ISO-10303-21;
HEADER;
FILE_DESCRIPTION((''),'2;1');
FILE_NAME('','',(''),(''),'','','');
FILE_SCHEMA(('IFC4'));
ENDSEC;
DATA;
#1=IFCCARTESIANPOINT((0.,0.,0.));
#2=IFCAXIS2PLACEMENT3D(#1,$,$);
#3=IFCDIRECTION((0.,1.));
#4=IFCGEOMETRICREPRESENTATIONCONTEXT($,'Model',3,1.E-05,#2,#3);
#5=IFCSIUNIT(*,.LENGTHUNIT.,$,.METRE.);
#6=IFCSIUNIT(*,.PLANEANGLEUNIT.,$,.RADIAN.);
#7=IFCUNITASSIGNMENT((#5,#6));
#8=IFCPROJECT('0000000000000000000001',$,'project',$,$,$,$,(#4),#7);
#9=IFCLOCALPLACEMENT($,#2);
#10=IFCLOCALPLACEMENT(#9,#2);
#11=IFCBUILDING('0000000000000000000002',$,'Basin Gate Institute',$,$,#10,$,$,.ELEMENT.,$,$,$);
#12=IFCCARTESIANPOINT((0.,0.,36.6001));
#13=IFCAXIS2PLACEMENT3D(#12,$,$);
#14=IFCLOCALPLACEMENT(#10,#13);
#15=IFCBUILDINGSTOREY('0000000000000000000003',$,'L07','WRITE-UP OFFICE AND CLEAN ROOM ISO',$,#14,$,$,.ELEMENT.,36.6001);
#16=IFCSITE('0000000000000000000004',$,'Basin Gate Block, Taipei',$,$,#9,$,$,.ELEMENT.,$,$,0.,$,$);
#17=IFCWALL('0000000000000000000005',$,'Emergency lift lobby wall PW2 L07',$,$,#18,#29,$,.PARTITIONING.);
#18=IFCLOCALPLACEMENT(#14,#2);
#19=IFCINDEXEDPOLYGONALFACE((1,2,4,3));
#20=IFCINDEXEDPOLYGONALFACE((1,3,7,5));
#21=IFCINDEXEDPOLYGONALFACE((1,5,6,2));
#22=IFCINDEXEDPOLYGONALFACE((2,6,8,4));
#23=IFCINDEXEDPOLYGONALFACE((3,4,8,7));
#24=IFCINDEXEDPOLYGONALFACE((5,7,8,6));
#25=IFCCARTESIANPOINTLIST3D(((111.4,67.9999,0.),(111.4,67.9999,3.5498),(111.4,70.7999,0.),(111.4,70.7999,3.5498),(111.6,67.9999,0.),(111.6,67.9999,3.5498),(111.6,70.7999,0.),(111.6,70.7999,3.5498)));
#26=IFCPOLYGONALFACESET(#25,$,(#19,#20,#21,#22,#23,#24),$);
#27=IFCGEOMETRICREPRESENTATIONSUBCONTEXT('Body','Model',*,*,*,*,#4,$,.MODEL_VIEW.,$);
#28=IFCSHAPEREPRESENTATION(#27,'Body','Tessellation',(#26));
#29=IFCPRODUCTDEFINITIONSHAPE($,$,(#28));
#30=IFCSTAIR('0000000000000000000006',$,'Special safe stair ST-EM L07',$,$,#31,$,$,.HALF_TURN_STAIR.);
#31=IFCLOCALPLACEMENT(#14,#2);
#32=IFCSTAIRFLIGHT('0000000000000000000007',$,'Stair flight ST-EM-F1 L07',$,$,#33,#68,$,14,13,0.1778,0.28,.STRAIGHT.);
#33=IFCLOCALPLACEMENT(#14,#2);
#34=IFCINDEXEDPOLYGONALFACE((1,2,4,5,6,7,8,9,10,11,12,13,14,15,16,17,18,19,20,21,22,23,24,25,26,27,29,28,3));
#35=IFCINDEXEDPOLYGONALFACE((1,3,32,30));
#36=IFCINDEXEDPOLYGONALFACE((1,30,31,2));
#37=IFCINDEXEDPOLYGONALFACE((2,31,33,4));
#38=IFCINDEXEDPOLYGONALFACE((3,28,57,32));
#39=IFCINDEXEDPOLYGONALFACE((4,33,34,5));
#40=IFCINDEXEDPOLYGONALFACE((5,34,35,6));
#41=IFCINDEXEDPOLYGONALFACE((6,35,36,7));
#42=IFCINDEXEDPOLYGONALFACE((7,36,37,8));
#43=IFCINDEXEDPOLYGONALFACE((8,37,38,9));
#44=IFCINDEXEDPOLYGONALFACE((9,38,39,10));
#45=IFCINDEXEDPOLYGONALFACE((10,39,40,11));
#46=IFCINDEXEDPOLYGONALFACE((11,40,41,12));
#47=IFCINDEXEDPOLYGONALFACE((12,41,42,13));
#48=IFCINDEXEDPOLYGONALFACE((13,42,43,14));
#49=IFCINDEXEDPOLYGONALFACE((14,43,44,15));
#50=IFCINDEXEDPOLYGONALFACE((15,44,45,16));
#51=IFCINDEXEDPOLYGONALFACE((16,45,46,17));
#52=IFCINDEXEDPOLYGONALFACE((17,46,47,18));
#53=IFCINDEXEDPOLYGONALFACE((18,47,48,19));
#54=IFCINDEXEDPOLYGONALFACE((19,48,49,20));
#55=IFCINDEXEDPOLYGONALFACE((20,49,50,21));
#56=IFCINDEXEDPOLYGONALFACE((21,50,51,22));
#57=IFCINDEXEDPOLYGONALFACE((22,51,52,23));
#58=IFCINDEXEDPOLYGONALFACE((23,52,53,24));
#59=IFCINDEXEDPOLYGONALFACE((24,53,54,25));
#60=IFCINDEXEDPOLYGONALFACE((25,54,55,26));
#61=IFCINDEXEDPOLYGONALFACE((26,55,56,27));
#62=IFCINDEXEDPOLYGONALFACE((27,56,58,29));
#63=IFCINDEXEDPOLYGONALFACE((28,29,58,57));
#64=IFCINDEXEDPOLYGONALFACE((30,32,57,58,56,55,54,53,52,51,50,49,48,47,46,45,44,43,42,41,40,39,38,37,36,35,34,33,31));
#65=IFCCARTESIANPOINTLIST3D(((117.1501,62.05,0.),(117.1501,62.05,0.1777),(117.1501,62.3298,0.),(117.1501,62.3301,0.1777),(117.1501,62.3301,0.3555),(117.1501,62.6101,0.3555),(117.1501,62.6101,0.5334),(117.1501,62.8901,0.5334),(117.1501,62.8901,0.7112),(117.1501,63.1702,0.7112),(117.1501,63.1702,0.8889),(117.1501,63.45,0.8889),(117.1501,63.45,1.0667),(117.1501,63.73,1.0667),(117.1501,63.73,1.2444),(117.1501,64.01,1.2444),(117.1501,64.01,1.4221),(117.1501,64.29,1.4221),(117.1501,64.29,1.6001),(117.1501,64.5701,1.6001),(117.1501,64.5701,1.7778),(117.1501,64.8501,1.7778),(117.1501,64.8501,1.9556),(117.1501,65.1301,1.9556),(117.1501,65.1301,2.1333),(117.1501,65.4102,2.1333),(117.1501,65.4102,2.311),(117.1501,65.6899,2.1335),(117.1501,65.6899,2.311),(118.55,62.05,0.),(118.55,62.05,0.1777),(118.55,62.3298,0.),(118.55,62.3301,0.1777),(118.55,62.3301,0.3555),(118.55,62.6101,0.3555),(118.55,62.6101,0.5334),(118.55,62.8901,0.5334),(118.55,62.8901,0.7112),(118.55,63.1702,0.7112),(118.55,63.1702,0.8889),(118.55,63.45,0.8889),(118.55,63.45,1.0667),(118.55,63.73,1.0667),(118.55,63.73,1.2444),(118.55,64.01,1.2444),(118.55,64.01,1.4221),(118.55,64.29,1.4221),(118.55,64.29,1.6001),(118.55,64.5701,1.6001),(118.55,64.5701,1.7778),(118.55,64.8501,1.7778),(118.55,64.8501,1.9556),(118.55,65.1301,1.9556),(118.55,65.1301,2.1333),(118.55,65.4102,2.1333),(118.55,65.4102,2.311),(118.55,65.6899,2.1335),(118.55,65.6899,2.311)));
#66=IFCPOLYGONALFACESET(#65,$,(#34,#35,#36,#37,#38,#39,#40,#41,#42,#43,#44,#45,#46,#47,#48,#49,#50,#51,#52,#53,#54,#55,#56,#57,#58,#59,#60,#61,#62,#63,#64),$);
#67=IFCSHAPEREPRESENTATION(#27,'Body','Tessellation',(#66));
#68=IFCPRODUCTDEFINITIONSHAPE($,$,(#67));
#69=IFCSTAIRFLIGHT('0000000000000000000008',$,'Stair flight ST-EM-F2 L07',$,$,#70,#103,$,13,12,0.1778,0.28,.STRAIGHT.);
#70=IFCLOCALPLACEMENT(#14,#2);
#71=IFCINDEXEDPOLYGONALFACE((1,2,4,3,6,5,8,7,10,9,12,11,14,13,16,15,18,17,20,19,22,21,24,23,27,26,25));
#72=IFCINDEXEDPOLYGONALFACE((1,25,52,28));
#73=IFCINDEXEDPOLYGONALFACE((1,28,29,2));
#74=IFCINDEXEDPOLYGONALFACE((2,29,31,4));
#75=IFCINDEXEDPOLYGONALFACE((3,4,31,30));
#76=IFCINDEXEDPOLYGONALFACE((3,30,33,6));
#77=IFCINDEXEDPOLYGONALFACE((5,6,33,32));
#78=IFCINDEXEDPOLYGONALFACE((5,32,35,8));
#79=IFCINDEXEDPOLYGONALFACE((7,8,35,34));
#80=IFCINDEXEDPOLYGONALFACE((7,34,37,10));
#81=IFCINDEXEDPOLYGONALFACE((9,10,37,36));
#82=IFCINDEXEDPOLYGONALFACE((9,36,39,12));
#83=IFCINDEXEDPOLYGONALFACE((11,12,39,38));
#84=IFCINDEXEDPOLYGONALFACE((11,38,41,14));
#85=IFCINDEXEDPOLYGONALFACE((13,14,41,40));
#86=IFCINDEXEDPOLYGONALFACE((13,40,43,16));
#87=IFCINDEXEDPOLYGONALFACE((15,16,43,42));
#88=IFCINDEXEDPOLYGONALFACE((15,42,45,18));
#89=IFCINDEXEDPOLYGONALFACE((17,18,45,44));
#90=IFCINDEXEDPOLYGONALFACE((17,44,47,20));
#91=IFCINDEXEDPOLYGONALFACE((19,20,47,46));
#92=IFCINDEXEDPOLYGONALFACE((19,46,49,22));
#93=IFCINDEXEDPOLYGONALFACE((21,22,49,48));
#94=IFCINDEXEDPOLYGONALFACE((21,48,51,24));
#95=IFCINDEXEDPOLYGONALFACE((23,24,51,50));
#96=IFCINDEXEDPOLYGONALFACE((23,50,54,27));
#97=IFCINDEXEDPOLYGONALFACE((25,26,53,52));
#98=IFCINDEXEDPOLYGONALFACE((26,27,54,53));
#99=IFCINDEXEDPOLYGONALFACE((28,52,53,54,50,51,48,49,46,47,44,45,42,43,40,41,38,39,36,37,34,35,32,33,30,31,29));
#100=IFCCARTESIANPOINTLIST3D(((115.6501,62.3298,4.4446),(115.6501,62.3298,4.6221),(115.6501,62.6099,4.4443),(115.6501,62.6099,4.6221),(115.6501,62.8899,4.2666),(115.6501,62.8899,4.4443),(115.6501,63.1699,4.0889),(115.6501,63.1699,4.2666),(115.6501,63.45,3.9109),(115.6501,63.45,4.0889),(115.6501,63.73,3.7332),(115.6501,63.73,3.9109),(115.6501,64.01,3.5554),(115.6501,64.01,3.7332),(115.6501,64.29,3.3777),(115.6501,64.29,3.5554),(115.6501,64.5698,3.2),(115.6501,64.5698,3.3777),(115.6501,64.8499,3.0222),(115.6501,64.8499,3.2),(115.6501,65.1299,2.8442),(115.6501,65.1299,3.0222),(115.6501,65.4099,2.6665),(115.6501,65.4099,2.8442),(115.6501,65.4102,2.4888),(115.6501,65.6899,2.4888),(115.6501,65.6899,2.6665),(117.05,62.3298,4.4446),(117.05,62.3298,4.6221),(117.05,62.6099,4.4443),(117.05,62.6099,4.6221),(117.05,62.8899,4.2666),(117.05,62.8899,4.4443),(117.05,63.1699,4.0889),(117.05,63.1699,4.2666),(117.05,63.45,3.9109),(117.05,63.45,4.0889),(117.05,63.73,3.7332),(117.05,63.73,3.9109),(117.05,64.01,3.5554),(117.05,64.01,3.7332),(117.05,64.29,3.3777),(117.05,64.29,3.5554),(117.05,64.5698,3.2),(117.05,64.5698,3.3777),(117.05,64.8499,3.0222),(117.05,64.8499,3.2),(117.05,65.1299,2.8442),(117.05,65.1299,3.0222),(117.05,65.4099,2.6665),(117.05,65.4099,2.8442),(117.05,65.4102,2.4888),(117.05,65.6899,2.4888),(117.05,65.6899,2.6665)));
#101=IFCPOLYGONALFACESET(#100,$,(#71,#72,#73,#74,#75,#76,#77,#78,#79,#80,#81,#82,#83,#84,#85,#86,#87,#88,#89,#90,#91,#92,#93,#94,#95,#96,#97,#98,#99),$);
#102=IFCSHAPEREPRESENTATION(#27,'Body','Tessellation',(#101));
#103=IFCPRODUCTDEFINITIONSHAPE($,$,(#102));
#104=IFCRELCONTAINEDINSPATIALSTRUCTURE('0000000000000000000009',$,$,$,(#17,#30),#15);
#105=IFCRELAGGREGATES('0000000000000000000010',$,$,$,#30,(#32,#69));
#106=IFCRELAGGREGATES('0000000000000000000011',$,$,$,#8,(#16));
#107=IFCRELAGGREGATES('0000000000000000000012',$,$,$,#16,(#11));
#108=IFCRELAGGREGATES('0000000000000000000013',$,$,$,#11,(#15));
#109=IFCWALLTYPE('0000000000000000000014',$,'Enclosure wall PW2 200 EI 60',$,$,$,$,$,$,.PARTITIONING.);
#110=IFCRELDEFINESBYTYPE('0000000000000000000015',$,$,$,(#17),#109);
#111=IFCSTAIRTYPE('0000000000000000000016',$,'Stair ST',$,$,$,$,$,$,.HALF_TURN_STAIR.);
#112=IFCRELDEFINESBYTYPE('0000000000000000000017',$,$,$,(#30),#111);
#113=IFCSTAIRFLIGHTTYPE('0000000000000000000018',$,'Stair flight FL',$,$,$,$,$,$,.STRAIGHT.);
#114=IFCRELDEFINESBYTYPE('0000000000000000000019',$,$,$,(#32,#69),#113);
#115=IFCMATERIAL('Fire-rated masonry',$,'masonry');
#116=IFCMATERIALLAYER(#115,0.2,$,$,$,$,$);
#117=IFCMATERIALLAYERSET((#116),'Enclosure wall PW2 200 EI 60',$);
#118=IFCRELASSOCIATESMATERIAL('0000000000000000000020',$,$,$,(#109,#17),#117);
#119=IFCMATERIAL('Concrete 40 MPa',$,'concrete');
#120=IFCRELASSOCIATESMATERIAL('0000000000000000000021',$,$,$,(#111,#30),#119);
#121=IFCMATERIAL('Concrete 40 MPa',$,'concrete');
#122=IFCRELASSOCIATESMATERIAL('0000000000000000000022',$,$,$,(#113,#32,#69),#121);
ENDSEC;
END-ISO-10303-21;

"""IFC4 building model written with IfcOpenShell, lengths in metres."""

from ifc_helpers import new_model, si_unit, direction, frame, frame_2d, origin, place, context, subcontext, project, spatial, polyline, rectangle, outline, extrude, material, layer, layer_set, type_object, element, aggregate, save


model = new_model("IFC4")

# Units and contexts
model_context = context("Model", 3, precision=1e-05, world=origin(), true_north=direction((0.0, 1.0)))
body_context = subcontext(model_context, "Body", "Model", "MODEL_VIEW")
ifc_project = project(units=[si_unit("LENGTHUNIT", "METRE"), si_unit("PLANEANGLEUNIT", "RADIAN")], contexts=[model_context])

# Site, building, storey
site_placement = place(None, origin())
site = spatial("IfcSite", under=ifc_project, at=site_placement, Name="Basin Gate Block, Taipei", CompositionType="ELEMENT", RefElevation=0.0)
building_placement = place(site_placement, origin())
building = spatial("IfcBuilding", under=site, at=building_placement, Name="Basin Gate Institute", CompositionType="ELEMENT")
storey_placement = place(building_placement, frame((0.0, 0.0, 36.6001)))
storey = spatial("IfcBuildingStorey", under=building, at=storey_placement, Name="L07", Description="WRITE-UP OFFICE AND CLEAN ROOM ISO", CompositionType="ELEMENT", Elevation=36.6001)

# Shared definitions
ifc_material_1 = material(Name="Fire-rated masonry", Category="masonry")
ifc_layer_1 = layer(ifc_material_1, 0.2)
ifc_layer_set_1 = layer_set([ifc_layer_1], Name="Enclosure wall PW2 200 EI 60")
wall_type = type_object("IfcWallType", Name="Enclosure wall PW2 200 EI 60", PredefinedType="PARTITIONING", material=ifc_layer_set_1)

# Wall
wall_1_placement = place(storey_placement, frame((111.5, 68.0, 0.0), z_axis=(0.0, 0.0, 1.0), x_axis=(0.0, 1.0, 0.0)))
element("IfcWall", 1, at=wall_1_placement, inside=storey, type_object=wall_type, material=ifc_layer_set_1, Name="Emergency lift lobby wall PW2 L07", PredefinedType="PARTITIONING", context=body_context, shape_type="SweptSolid", body=[
    extrude(rectangle(XDim=2.8, YDim=0.2, at=frame_2d((1.3999, 0.0))), origin(), (0.0, 0.0, 1.0), 3.5498),
])

# Stair, stair flights
ifc_material_2 = material(Name="Concrete 40 MPa", Category="concrete")
stair_type = type_object("IfcStairType", Name="Stair ST", PredefinedType="HALF_TURN_STAIR", material=ifc_material_2)
stair_placement = place(storey_placement, origin())
stair = element("IfcStair", 2, at=stair_placement, inside=storey, type_object=stair_type, material=ifc_material_2, Name="Special safe stair ST-EM L07", PredefinedType="HALF_TURN_STAIR")
ifc_material_3 = material(Name="Concrete 40 MPa", Category="concrete")
stair_flight_type = type_object("IfcStairFlightType", Name="Stair flight FL", PredefinedType="STRAIGHT", material=ifc_material_3)
stair_flight_1_placement = place(storey_placement, frame((117.8501, 62.05, 0.0), z_axis=(0.0, 0.0, 1.0), x_axis=(0.0, 1.0, 0.0)))
stair_flight_1 = element("IfcStairFlight", 3, at=stair_flight_1_placement, type_object=stair_flight_type, material=ifc_material_3, Name="Stair flight ST-EM-F1 L07", NumberOfRisers=14, NumberOfTreads=13, PredefinedType="STRAIGHT", RiserHeight=0.1778, TreadLength=0.28, context=body_context, shape_type="SweptSolid", body=[
    extrude(outline(polyline([(0.0, 0.0), (0.0, 0.1777), (0.28, 0.1777), (0.28, 0.3555), (0.5601, 0.3555), (0.5601, 0.5334), (0.8401, 0.5334), (0.8401, 0.7112), (1.1201, 0.7112), (1.1201, 0.8889), (1.3999, 0.8889), (1.3999, 1.0667), (1.6799, 1.0667), (1.6799, 1.2444), (1.96, 1.2444), (1.96, 1.4221), (2.24, 1.4221), (2.24, 1.6001), (2.52, 1.6001), (2.52, 1.7778), (2.8, 1.7778), (2.8, 1.9556), (3.0801, 1.9556), (3.0801, 2.1333), (3.3601, 2.1333), (3.3601, 2.311), (3.6399, 2.311), (3.6399, 2.4888), (3.6399, 2.1335), (0.2798, 0.0), (0.0, 0.0)])), frame((0.0, 0.7, 0.0), z_axis=(0.0, -1.0, 0.0), x_axis=(1.0, 0.0, 0.0)), (0.0, 0.0, 1.0), 1.3999),
])
stair_flight_2_placement = place(storey_placement, frame((116.3501, 65.6899, 2.4888), z_axis=(0.0, 0.0, 1.0), x_axis=(0.0, -1.0, 0.0)))
stair_flight_2 = element("IfcStairFlight", 4, at=stair_flight_2_placement, type_object=stair_flight_type, material=ifc_material_3, Name="Stair flight ST-EM-F2 L07", NumberOfRisers=13, NumberOfTreads=12, PredefinedType="STRAIGHT", RiserHeight=0.1778, TreadLength=0.28, context=body_context, shape_type="SweptSolid", body=[
    extrude(outline(polyline([(0.0, 0.0), (0.0, 0.1777), (0.28, 0.1777), (0.28, 0.3555), (0.5601, 0.3555), (0.5601, 0.5334), (0.8401, 0.5334), (0.8401, 0.7112), (1.1201, 0.7112), (1.1201, 0.8889), (1.3999, 0.8889), (1.3999, 1.0667), (1.6799, 1.0667), (1.6799, 1.2444), (1.96, 1.2444), (1.96, 1.4221), (2.24, 1.4221), (2.24, 1.6001), (2.52, 1.6001), (2.52, 1.7778), (2.8, 1.7778), (2.8, 1.9556), (3.0801, 1.9556), (3.0801, 2.1333), (3.3601, 2.1333), (3.3601, 2.311), (3.3601, 1.9558), (0.2798, 0.0), (0.0, 0.0)])), frame((0.0, 0.7, 0.0), z_axis=(0.0, -1.0, 0.0), x_axis=(1.0, 0.0, 0.0)), (0.0, 0.0, 1.0), 1.3999),
])
aggregate(stair, [stair_flight_1, stair_flight_2])

save(model, "model.ifc")
